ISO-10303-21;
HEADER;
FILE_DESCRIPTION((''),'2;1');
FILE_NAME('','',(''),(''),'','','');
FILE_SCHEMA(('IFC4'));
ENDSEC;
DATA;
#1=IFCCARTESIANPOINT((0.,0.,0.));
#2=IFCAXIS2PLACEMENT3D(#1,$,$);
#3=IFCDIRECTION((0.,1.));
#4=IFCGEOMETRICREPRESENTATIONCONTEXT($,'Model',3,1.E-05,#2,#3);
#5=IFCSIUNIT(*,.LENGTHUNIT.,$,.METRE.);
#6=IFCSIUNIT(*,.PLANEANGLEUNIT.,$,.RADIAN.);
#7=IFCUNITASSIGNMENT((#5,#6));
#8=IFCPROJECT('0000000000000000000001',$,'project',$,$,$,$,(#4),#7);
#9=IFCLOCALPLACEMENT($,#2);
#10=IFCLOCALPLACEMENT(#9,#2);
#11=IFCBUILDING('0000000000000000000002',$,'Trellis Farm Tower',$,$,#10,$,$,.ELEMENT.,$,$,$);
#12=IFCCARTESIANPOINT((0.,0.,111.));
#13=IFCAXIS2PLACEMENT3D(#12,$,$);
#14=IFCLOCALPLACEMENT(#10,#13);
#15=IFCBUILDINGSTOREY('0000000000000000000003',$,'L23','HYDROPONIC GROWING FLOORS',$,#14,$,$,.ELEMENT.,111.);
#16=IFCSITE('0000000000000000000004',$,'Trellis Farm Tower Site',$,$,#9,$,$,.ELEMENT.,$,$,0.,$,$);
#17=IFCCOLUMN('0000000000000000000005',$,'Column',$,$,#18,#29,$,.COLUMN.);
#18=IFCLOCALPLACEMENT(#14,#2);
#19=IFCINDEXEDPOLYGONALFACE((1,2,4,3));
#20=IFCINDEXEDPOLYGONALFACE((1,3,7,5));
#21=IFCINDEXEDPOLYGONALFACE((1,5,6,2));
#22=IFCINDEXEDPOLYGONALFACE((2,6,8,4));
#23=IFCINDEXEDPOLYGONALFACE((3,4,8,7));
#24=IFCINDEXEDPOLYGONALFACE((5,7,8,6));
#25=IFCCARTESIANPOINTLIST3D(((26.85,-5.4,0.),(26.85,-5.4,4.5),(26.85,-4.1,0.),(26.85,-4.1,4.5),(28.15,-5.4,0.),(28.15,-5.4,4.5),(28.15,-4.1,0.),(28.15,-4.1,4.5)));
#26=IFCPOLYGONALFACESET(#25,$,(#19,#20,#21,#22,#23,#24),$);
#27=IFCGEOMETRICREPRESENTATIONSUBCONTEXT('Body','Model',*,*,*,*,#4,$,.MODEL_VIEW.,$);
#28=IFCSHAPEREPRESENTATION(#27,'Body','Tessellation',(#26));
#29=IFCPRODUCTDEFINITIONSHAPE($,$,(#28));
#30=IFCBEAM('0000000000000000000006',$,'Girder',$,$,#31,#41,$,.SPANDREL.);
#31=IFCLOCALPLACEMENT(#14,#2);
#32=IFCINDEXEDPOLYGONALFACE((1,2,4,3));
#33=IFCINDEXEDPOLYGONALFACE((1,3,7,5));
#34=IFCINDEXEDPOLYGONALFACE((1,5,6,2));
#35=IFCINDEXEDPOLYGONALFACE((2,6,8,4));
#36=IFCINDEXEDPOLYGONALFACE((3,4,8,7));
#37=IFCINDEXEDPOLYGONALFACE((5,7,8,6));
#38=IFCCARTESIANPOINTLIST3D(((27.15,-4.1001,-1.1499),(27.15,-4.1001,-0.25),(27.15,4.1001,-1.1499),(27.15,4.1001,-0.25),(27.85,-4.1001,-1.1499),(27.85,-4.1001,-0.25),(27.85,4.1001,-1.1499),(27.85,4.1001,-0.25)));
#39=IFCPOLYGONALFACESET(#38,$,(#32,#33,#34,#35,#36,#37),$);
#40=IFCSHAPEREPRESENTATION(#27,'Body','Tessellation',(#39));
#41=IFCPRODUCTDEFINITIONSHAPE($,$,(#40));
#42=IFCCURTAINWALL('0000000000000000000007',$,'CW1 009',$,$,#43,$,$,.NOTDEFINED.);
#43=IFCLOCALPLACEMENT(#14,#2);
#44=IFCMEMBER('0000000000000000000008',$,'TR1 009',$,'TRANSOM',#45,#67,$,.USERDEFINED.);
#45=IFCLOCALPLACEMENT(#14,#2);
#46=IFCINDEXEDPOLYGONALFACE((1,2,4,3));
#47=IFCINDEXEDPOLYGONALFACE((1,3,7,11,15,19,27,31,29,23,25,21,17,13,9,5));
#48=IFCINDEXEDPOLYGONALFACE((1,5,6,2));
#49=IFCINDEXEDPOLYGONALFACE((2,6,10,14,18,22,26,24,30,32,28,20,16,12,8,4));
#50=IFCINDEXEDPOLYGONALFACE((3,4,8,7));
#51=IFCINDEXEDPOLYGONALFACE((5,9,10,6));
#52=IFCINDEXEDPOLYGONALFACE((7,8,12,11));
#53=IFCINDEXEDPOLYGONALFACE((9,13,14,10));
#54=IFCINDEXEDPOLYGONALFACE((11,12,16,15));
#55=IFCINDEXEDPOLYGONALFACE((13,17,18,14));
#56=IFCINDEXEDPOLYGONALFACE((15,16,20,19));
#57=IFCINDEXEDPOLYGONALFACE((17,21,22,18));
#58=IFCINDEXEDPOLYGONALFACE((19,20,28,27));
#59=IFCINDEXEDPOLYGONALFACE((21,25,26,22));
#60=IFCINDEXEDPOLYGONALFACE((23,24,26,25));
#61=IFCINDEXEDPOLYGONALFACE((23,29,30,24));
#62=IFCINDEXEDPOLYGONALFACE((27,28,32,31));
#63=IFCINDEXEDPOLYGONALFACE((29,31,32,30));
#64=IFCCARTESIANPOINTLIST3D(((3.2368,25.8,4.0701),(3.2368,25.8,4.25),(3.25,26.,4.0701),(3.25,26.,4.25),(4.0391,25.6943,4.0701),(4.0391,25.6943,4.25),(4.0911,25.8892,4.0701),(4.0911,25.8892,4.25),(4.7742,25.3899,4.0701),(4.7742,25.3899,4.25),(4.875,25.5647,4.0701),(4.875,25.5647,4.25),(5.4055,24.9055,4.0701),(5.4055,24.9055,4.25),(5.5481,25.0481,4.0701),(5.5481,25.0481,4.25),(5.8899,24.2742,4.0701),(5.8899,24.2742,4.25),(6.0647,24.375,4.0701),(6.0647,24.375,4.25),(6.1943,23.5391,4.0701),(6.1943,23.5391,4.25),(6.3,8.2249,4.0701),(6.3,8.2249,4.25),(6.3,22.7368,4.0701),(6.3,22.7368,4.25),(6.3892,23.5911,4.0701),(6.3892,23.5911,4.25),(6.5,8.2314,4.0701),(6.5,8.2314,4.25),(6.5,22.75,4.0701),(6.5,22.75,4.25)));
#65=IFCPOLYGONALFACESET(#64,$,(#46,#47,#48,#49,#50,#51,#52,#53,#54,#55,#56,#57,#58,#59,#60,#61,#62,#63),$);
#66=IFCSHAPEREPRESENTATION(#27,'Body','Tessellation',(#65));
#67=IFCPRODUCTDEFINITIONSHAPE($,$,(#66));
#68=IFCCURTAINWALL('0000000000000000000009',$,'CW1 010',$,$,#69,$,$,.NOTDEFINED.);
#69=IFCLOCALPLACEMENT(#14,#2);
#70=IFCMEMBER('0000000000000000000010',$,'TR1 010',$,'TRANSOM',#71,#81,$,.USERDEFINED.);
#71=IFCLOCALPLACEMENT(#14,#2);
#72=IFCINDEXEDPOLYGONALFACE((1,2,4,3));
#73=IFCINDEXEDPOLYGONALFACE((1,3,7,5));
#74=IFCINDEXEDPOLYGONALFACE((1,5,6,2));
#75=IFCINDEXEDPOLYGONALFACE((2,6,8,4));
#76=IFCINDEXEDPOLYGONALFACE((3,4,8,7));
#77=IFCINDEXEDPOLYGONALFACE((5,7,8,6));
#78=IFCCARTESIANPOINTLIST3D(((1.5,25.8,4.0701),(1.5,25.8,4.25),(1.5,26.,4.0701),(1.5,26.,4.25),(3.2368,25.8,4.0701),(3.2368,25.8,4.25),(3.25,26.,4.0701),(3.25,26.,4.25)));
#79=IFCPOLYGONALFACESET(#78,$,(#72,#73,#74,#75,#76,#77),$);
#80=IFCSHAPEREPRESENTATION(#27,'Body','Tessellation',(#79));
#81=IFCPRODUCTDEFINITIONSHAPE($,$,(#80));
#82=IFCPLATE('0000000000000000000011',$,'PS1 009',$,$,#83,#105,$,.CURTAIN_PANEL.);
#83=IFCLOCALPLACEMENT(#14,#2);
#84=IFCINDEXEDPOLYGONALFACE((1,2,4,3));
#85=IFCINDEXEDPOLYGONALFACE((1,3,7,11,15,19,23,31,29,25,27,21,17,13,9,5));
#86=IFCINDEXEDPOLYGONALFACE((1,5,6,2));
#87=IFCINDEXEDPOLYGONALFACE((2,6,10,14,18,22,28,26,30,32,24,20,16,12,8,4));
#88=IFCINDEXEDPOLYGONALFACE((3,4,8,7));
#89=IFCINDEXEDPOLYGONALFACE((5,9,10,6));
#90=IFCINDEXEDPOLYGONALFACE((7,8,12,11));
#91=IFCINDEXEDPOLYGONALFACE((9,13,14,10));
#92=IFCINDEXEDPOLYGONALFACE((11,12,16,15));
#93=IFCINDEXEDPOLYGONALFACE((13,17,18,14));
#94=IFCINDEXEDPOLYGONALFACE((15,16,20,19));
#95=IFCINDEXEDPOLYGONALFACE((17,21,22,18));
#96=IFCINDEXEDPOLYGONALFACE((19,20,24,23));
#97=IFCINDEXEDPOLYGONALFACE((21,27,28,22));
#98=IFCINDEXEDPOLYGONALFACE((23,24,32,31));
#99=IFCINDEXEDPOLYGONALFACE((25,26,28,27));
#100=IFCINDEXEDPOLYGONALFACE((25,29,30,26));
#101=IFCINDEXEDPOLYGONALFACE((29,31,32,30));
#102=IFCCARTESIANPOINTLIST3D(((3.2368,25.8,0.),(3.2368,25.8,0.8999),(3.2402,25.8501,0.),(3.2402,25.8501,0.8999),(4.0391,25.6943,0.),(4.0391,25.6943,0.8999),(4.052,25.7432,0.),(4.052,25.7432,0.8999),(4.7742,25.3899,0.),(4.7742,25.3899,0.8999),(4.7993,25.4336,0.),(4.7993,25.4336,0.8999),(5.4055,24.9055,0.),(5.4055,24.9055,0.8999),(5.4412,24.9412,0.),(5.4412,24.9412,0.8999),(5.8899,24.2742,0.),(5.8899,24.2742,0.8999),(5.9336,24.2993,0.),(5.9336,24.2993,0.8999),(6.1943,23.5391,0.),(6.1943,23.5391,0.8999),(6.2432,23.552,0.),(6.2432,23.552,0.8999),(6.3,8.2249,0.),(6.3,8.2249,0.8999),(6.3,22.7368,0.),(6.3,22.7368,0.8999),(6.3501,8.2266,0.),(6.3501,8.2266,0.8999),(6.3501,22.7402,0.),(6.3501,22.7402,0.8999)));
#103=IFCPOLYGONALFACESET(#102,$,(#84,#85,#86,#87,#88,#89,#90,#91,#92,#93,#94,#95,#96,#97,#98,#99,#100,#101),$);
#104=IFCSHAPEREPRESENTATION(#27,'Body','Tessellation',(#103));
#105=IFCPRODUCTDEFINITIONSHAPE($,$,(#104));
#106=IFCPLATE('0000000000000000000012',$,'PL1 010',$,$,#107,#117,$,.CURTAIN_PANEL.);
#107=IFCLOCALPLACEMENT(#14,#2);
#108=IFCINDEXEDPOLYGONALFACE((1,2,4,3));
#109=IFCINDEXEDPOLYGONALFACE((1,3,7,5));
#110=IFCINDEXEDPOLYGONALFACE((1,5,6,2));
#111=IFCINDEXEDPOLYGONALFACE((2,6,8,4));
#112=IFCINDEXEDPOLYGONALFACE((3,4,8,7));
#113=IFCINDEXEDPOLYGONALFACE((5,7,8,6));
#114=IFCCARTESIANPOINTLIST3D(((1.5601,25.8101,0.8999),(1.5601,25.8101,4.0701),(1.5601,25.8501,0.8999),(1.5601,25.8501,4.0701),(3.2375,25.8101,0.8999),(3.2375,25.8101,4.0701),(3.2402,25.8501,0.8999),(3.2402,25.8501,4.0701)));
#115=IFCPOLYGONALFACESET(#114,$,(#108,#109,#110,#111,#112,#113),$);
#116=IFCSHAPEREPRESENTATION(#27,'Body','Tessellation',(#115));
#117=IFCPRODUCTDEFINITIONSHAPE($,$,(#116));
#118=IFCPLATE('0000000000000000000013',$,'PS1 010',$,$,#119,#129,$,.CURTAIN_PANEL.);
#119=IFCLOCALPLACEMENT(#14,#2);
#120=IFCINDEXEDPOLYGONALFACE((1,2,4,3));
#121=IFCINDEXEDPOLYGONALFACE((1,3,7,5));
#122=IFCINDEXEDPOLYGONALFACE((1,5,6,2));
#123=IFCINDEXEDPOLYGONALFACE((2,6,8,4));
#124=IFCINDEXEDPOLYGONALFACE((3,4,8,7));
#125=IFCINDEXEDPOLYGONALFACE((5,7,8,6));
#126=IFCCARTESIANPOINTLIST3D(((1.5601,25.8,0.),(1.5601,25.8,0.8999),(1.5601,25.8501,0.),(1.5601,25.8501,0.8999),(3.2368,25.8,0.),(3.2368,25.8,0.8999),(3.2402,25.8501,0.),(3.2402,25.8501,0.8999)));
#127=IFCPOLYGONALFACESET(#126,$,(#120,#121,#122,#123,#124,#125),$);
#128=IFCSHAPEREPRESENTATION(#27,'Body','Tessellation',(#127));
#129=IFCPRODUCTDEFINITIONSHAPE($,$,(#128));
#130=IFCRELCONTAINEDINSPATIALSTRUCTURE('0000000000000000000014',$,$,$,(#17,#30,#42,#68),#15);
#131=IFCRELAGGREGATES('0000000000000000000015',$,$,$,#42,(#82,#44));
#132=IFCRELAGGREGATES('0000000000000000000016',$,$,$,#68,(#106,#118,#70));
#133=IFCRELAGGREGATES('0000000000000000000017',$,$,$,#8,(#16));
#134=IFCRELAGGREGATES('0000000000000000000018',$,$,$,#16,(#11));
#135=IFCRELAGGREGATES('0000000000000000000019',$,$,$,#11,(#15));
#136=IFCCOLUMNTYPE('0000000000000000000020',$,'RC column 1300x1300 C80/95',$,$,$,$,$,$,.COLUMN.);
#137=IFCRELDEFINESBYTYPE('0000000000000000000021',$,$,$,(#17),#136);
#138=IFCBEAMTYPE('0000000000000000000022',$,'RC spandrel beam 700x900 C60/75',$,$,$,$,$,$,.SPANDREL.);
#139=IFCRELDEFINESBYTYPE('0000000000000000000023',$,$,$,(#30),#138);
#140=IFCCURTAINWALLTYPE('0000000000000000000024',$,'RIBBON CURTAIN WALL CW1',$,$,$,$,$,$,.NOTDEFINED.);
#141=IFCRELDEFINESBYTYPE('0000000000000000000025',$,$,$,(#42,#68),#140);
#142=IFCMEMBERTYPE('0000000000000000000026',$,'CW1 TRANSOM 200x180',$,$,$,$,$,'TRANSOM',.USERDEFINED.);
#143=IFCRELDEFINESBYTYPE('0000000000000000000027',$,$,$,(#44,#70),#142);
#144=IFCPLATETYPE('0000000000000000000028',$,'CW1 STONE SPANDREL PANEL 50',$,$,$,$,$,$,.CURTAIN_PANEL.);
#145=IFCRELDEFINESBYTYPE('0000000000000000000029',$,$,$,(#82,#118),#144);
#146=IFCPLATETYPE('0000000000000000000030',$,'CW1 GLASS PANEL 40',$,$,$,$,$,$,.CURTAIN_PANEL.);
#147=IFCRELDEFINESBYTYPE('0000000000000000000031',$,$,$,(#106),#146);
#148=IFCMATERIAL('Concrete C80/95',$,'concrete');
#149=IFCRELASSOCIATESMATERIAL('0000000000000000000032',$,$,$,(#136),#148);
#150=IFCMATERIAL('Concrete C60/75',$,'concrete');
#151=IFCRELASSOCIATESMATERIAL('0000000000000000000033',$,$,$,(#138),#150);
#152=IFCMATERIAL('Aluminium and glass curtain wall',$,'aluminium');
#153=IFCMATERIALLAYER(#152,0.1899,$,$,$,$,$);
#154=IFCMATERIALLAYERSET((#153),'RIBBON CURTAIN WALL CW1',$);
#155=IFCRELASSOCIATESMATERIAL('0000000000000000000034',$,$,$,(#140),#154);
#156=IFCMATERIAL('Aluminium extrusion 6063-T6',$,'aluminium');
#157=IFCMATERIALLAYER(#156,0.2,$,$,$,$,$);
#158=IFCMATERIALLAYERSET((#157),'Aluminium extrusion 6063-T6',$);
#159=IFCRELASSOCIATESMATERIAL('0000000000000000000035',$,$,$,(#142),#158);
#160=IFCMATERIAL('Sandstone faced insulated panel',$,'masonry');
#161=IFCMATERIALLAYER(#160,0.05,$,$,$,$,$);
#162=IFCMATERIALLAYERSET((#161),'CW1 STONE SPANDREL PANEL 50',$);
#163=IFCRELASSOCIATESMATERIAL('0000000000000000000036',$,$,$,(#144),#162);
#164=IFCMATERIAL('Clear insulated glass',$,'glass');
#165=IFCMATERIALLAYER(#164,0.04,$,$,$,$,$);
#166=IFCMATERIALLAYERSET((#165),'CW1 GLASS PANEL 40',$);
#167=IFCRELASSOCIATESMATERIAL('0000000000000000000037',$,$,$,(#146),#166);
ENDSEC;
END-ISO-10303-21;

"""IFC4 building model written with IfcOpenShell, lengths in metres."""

from ifc_helpers import new_model, si_unit, direction, frame, origin, origin_2d, place, context, subcontext, project, spatial, polyline, rectangle, outline, extrude, source, transform, mapped, material, layer, layer_set, material_profile, profile_set, type_object, element, aggregate, save


model = new_model("IFC4")

# Units and contexts
model_context = context("Model", 3, precision=1e-05, world=origin(), true_north=direction((0.0, 1.0)))
body_context = subcontext(model_context, "Body", "Model", "MODEL_VIEW")
ifc_project = project(units=[si_unit("LENGTHUNIT", "METRE"), si_unit("PLANEANGLEUNIT", "RADIAN")], contexts=[model_context])

# Site, building, storey
site_placement = place(None, origin())
site = spatial("IfcSite", under=ifc_project, at=site_placement, Name="Trellis Farm Tower Site", CompositionType="ELEMENT", RefElevation=0.0)
building_placement = place(site_placement, origin())
building = spatial("IfcBuilding", under=site, at=building_placement, Name="Trellis Farm Tower", CompositionType="ELEMENT")
storey_placement = place(building_placement, frame((0.0, 0.0, 111.0)))
storey = spatial("IfcBuildingStorey", under=building, at=storey_placement, Name="L23", Description="HYDROPONIC GROWING FLOORS", CompositionType="ELEMENT", Elevation=111.0)

# Column
ifc_material_1 = material(Name="Concrete C80/95", Category="concrete")
ifc_material_profile_1 = material_profile(ifc_material_1, rectangle(XDim=1.3, YDim=1.3, at=origin_2d()), Name="RC column 1300x1300 C80/95")
ifc_profile_set_1 = profile_set([ifc_material_profile_1], Name="Concrete C80/95")
column_type = type_object("IfcColumnType", Name="RC column 1300x1300 C80/95", PredefinedType="COLUMN", material=ifc_profile_set_1)
shared_shape_1 = source(origin(), body_context, "Body", "SweptSolid", [
    extrude(rectangle(XDim=1.3, YDim=1.3, at=origin_2d()), origin(), (0.0, 0.0, 1.0), 4.5),
])
column_placement = place(storey_placement, frame((27.5, -4.75, 0.0), z_axis=(0.0, 0.0, 1.0), x_axis=(1.0, 0.0, 0.0)))
element("IfcColumn", 1, at=column_placement, inside=storey, type_object=column_type, Name="Column", PredefinedType="COLUMN", context=body_context, shape_type="MappedRepresentation", body=[
    mapped(shared_shape_1, transform((0.0, 0.0, 0.0))),
])

# Beam
ifc_material_2 = material(Name="Concrete C60/75", Category="concrete")
ifc_material_profile_2 = material_profile(ifc_material_2, rectangle(XDim=0.7, YDim=0.8999, at=origin_2d()), Name="RC spandrel beam 700x900 C60/75")
ifc_profile_set_2 = profile_set([ifc_material_profile_2], Name="Concrete C60/75")
beam_type = type_object("IfcBeamType", Name="RC spandrel beam 700x900 C60/75", PredefinedType="SPANDREL", material=ifc_profile_set_2)
shared_shape_2 = source(origin(), body_context, "Body", "SweptSolid", [
    extrude(rectangle(XDim=0.7, YDim=0.8999, at=origin_2d()), origin(), (0.0, 0.0, 1.0), 8.2002),
])
beam_placement = place(storey_placement, frame((27.5, -4.1001, -0.7), z_axis=(0.0, 1.0, 0.0), x_axis=(-1.0, 0.0, 0.0)))
element("IfcBeam", 2, at=beam_placement, inside=storey, type_object=beam_type, Name="Girder", PredefinedType="SPANDREL", context=body_context, shape_type="MappedRepresentation", body=[
    mapped(shared_shape_2, transform((0.0, 0.0, 0.0))),
])

# Curtain walls, members
ifc_material_3 = material(Name="Aluminium and glass curtain wall", Category="aluminium")
ifc_layer_1 = layer(ifc_material_3, 0.1899)
ifc_layer_set_1 = layer_set([ifc_layer_1], Name="RIBBON CURTAIN WALL CW1")
curtain_wall_type = type_object("IfcCurtainWallType", Name="RIBBON CURTAIN WALL CW1", PredefinedType="NOTDEFINED", material=ifc_layer_set_1)
placement_1 = place(storey_placement, origin())
curtain_wall_1 = element("IfcCurtainWall", 3, at=placement_1, inside=storey, type_object=curtain_wall_type, Name="CW1 009", PredefinedType="NOTDEFINED")
ifc_material_4 = material(Name="Aluminium extrusion 6063-T6", Category="aluminium")
ifc_layer_2 = layer(ifc_material_4, 0.2)
ifc_layer_set_2 = layer_set([ifc_layer_2], Name="Aluminium extrusion 6063-T6")
member_type = type_object("IfcMemberType", Name="CW1 TRANSOM 200x180", ElementType="TRANSOM", PredefinedType="USERDEFINED", material=ifc_layer_set_2)
shared_shape_3 = source(origin(), body_context, "Body", "SweptSolid", [
    extrude(outline(polyline([(6.5, 8.2314), (6.5, 22.75), (6.3892, 23.5911), (6.0647, 24.375), (5.5481, 25.0481), (4.875, 25.5647), (4.0911, 25.8892), (3.25, 26.0), (3.2368, 25.8), (4.0391, 25.6943), (4.7742, 25.3899), (5.4055, 24.9055), (5.8899, 24.2742), (6.1943, 23.5391), (6.3, 22.7368), (6.3, 8.2249), (6.5, 8.2314)])), origin(), (0.0, 0.0, 1.0), 0.1799),
])
placement_2 = place(storey_placement, frame((0.0, 0.0, 4.0701)))
member_1 = element("IfcMember", 4, at=placement_2, type_object=member_type, Name="TR1 009", ObjectType="TRANSOM", PredefinedType="USERDEFINED", context=body_context, shape_type="MappedRepresentation", body=[
    mapped(shared_shape_3, transform((0.0, 0.0, 0.0))),
])
curtain_wall_2 = element("IfcCurtainWall", 5, at=placement_1, inside=storey, type_object=curtain_wall_type, Name="CW1 010", PredefinedType="NOTDEFINED")
shared_shape_4 = source(origin(), body_context, "Body", "SweptSolid", [
    extrude(outline(polyline([(3.25, 26.0), (1.5, 26.0), (1.5, 25.8), (3.2368, 25.8), (3.25, 26.0)])), origin(), (0.0, 0.0, 1.0), 0.1799),
])
member_2 = element("IfcMember", 6, at=placement_2, type_object=member_type, Name="TR1 010", ObjectType="TRANSOM", PredefinedType="USERDEFINED", context=body_context, shape_type="MappedRepresentation", body=[
    mapped(shared_shape_4, transform((0.0, 0.0, 0.0))),
])

# Plates
ifc_material_5 = material(Name="Sandstone faced insulated panel", Category="masonry")
ifc_layer_3 = layer(ifc_material_5, 0.05)
ifc_layer_set_3 = layer_set([ifc_layer_3], Name="CW1 STONE SPANDREL PANEL 50")
plate_type_1 = type_object("IfcPlateType", Name="CW1 STONE SPANDREL PANEL 50", PredefinedType="CURTAIN_PANEL", material=ifc_layer_set_3)
shared_shape_5 = source(origin(), body_context, "Body", "SweptSolid", [
    extrude(outline(polyline([(6.3501, 8.2266), (6.3501, 22.7402), (6.2432, 23.552), (5.9336, 24.2993), (5.4412, 24.9412), (4.7993, 25.4336), (4.052, 25.7432), (3.2402, 25.8501), (3.2368, 25.8), (4.0391, 25.6943), (4.7742, 25.3899), (5.4055, 24.9055), (5.8899, 24.2742), (6.1943, 23.5391), (6.3, 22.7368), (6.3, 8.2249), (6.3501, 8.2266)])), origin(), (0.0, 0.0, 1.0), 0.8999),
])
plate_1 = element("IfcPlate", 7, at=placement_1, type_object=plate_type_1, Name="PS1 009", PredefinedType="CURTAIN_PANEL", context=body_context, shape_type="MappedRepresentation", body=[
    mapped(shared_shape_5, transform((0.0, 0.0, 0.0))),
])
aggregate(curtain_wall_1, [plate_1, member_1])
ifc_material_6 = material(Name="Clear insulated glass", Category="glass")
ifc_layer_4 = layer(ifc_material_6, 0.04)
ifc_layer_set_4 = layer_set([ifc_layer_4], Name="CW1 GLASS PANEL 40")
plate_type_2 = type_object("IfcPlateType", Name="CW1 GLASS PANEL 40", PredefinedType="CURTAIN_PANEL", material=ifc_layer_set_4)
shared_shape_6 = source(origin(), body_context, "Body", "SweptSolid", [
    extrude(outline(polyline([(3.2402, 25.8501), (1.5601, 25.8501), (1.5601, 25.8101), (3.2375, 25.8101), (3.2402, 25.8501)])), origin(), (0.0, 0.0, 1.0), 3.1702),
])
plate_2_placement = place(storey_placement, frame((0.0, 0.0, 0.8999)))
plate_2 = element("IfcPlate", 8, at=plate_2_placement, type_object=plate_type_2, Name="PL1 010", PredefinedType="CURTAIN_PANEL", context=body_context, shape_type="MappedRepresentation", body=[
    mapped(shared_shape_6, transform((0.0, 0.0, 0.0))),
])
shared_shape_7 = source(origin(), body_context, "Body", "SweptSolid", [
    extrude(outline(polyline([(3.2402, 25.8501), (1.5601, 25.8501), (1.5601, 25.8), (3.2368, 25.8), (3.2402, 25.8501)])), origin(), (0.0, 0.0, 1.0), 0.8999),
])
plate_3 = element("IfcPlate", 9, at=placement_1, type_object=plate_type_1, Name="PS1 010", PredefinedType="CURTAIN_PANEL", context=body_context, shape_type="MappedRepresentation", body=[
    mapped(shared_shape_7, transform((0.0, 0.0, 0.0))),
])
aggregate(curtain_wall_2, [plate_2, plate_3, member_2])

save(model, "model.ifc")
